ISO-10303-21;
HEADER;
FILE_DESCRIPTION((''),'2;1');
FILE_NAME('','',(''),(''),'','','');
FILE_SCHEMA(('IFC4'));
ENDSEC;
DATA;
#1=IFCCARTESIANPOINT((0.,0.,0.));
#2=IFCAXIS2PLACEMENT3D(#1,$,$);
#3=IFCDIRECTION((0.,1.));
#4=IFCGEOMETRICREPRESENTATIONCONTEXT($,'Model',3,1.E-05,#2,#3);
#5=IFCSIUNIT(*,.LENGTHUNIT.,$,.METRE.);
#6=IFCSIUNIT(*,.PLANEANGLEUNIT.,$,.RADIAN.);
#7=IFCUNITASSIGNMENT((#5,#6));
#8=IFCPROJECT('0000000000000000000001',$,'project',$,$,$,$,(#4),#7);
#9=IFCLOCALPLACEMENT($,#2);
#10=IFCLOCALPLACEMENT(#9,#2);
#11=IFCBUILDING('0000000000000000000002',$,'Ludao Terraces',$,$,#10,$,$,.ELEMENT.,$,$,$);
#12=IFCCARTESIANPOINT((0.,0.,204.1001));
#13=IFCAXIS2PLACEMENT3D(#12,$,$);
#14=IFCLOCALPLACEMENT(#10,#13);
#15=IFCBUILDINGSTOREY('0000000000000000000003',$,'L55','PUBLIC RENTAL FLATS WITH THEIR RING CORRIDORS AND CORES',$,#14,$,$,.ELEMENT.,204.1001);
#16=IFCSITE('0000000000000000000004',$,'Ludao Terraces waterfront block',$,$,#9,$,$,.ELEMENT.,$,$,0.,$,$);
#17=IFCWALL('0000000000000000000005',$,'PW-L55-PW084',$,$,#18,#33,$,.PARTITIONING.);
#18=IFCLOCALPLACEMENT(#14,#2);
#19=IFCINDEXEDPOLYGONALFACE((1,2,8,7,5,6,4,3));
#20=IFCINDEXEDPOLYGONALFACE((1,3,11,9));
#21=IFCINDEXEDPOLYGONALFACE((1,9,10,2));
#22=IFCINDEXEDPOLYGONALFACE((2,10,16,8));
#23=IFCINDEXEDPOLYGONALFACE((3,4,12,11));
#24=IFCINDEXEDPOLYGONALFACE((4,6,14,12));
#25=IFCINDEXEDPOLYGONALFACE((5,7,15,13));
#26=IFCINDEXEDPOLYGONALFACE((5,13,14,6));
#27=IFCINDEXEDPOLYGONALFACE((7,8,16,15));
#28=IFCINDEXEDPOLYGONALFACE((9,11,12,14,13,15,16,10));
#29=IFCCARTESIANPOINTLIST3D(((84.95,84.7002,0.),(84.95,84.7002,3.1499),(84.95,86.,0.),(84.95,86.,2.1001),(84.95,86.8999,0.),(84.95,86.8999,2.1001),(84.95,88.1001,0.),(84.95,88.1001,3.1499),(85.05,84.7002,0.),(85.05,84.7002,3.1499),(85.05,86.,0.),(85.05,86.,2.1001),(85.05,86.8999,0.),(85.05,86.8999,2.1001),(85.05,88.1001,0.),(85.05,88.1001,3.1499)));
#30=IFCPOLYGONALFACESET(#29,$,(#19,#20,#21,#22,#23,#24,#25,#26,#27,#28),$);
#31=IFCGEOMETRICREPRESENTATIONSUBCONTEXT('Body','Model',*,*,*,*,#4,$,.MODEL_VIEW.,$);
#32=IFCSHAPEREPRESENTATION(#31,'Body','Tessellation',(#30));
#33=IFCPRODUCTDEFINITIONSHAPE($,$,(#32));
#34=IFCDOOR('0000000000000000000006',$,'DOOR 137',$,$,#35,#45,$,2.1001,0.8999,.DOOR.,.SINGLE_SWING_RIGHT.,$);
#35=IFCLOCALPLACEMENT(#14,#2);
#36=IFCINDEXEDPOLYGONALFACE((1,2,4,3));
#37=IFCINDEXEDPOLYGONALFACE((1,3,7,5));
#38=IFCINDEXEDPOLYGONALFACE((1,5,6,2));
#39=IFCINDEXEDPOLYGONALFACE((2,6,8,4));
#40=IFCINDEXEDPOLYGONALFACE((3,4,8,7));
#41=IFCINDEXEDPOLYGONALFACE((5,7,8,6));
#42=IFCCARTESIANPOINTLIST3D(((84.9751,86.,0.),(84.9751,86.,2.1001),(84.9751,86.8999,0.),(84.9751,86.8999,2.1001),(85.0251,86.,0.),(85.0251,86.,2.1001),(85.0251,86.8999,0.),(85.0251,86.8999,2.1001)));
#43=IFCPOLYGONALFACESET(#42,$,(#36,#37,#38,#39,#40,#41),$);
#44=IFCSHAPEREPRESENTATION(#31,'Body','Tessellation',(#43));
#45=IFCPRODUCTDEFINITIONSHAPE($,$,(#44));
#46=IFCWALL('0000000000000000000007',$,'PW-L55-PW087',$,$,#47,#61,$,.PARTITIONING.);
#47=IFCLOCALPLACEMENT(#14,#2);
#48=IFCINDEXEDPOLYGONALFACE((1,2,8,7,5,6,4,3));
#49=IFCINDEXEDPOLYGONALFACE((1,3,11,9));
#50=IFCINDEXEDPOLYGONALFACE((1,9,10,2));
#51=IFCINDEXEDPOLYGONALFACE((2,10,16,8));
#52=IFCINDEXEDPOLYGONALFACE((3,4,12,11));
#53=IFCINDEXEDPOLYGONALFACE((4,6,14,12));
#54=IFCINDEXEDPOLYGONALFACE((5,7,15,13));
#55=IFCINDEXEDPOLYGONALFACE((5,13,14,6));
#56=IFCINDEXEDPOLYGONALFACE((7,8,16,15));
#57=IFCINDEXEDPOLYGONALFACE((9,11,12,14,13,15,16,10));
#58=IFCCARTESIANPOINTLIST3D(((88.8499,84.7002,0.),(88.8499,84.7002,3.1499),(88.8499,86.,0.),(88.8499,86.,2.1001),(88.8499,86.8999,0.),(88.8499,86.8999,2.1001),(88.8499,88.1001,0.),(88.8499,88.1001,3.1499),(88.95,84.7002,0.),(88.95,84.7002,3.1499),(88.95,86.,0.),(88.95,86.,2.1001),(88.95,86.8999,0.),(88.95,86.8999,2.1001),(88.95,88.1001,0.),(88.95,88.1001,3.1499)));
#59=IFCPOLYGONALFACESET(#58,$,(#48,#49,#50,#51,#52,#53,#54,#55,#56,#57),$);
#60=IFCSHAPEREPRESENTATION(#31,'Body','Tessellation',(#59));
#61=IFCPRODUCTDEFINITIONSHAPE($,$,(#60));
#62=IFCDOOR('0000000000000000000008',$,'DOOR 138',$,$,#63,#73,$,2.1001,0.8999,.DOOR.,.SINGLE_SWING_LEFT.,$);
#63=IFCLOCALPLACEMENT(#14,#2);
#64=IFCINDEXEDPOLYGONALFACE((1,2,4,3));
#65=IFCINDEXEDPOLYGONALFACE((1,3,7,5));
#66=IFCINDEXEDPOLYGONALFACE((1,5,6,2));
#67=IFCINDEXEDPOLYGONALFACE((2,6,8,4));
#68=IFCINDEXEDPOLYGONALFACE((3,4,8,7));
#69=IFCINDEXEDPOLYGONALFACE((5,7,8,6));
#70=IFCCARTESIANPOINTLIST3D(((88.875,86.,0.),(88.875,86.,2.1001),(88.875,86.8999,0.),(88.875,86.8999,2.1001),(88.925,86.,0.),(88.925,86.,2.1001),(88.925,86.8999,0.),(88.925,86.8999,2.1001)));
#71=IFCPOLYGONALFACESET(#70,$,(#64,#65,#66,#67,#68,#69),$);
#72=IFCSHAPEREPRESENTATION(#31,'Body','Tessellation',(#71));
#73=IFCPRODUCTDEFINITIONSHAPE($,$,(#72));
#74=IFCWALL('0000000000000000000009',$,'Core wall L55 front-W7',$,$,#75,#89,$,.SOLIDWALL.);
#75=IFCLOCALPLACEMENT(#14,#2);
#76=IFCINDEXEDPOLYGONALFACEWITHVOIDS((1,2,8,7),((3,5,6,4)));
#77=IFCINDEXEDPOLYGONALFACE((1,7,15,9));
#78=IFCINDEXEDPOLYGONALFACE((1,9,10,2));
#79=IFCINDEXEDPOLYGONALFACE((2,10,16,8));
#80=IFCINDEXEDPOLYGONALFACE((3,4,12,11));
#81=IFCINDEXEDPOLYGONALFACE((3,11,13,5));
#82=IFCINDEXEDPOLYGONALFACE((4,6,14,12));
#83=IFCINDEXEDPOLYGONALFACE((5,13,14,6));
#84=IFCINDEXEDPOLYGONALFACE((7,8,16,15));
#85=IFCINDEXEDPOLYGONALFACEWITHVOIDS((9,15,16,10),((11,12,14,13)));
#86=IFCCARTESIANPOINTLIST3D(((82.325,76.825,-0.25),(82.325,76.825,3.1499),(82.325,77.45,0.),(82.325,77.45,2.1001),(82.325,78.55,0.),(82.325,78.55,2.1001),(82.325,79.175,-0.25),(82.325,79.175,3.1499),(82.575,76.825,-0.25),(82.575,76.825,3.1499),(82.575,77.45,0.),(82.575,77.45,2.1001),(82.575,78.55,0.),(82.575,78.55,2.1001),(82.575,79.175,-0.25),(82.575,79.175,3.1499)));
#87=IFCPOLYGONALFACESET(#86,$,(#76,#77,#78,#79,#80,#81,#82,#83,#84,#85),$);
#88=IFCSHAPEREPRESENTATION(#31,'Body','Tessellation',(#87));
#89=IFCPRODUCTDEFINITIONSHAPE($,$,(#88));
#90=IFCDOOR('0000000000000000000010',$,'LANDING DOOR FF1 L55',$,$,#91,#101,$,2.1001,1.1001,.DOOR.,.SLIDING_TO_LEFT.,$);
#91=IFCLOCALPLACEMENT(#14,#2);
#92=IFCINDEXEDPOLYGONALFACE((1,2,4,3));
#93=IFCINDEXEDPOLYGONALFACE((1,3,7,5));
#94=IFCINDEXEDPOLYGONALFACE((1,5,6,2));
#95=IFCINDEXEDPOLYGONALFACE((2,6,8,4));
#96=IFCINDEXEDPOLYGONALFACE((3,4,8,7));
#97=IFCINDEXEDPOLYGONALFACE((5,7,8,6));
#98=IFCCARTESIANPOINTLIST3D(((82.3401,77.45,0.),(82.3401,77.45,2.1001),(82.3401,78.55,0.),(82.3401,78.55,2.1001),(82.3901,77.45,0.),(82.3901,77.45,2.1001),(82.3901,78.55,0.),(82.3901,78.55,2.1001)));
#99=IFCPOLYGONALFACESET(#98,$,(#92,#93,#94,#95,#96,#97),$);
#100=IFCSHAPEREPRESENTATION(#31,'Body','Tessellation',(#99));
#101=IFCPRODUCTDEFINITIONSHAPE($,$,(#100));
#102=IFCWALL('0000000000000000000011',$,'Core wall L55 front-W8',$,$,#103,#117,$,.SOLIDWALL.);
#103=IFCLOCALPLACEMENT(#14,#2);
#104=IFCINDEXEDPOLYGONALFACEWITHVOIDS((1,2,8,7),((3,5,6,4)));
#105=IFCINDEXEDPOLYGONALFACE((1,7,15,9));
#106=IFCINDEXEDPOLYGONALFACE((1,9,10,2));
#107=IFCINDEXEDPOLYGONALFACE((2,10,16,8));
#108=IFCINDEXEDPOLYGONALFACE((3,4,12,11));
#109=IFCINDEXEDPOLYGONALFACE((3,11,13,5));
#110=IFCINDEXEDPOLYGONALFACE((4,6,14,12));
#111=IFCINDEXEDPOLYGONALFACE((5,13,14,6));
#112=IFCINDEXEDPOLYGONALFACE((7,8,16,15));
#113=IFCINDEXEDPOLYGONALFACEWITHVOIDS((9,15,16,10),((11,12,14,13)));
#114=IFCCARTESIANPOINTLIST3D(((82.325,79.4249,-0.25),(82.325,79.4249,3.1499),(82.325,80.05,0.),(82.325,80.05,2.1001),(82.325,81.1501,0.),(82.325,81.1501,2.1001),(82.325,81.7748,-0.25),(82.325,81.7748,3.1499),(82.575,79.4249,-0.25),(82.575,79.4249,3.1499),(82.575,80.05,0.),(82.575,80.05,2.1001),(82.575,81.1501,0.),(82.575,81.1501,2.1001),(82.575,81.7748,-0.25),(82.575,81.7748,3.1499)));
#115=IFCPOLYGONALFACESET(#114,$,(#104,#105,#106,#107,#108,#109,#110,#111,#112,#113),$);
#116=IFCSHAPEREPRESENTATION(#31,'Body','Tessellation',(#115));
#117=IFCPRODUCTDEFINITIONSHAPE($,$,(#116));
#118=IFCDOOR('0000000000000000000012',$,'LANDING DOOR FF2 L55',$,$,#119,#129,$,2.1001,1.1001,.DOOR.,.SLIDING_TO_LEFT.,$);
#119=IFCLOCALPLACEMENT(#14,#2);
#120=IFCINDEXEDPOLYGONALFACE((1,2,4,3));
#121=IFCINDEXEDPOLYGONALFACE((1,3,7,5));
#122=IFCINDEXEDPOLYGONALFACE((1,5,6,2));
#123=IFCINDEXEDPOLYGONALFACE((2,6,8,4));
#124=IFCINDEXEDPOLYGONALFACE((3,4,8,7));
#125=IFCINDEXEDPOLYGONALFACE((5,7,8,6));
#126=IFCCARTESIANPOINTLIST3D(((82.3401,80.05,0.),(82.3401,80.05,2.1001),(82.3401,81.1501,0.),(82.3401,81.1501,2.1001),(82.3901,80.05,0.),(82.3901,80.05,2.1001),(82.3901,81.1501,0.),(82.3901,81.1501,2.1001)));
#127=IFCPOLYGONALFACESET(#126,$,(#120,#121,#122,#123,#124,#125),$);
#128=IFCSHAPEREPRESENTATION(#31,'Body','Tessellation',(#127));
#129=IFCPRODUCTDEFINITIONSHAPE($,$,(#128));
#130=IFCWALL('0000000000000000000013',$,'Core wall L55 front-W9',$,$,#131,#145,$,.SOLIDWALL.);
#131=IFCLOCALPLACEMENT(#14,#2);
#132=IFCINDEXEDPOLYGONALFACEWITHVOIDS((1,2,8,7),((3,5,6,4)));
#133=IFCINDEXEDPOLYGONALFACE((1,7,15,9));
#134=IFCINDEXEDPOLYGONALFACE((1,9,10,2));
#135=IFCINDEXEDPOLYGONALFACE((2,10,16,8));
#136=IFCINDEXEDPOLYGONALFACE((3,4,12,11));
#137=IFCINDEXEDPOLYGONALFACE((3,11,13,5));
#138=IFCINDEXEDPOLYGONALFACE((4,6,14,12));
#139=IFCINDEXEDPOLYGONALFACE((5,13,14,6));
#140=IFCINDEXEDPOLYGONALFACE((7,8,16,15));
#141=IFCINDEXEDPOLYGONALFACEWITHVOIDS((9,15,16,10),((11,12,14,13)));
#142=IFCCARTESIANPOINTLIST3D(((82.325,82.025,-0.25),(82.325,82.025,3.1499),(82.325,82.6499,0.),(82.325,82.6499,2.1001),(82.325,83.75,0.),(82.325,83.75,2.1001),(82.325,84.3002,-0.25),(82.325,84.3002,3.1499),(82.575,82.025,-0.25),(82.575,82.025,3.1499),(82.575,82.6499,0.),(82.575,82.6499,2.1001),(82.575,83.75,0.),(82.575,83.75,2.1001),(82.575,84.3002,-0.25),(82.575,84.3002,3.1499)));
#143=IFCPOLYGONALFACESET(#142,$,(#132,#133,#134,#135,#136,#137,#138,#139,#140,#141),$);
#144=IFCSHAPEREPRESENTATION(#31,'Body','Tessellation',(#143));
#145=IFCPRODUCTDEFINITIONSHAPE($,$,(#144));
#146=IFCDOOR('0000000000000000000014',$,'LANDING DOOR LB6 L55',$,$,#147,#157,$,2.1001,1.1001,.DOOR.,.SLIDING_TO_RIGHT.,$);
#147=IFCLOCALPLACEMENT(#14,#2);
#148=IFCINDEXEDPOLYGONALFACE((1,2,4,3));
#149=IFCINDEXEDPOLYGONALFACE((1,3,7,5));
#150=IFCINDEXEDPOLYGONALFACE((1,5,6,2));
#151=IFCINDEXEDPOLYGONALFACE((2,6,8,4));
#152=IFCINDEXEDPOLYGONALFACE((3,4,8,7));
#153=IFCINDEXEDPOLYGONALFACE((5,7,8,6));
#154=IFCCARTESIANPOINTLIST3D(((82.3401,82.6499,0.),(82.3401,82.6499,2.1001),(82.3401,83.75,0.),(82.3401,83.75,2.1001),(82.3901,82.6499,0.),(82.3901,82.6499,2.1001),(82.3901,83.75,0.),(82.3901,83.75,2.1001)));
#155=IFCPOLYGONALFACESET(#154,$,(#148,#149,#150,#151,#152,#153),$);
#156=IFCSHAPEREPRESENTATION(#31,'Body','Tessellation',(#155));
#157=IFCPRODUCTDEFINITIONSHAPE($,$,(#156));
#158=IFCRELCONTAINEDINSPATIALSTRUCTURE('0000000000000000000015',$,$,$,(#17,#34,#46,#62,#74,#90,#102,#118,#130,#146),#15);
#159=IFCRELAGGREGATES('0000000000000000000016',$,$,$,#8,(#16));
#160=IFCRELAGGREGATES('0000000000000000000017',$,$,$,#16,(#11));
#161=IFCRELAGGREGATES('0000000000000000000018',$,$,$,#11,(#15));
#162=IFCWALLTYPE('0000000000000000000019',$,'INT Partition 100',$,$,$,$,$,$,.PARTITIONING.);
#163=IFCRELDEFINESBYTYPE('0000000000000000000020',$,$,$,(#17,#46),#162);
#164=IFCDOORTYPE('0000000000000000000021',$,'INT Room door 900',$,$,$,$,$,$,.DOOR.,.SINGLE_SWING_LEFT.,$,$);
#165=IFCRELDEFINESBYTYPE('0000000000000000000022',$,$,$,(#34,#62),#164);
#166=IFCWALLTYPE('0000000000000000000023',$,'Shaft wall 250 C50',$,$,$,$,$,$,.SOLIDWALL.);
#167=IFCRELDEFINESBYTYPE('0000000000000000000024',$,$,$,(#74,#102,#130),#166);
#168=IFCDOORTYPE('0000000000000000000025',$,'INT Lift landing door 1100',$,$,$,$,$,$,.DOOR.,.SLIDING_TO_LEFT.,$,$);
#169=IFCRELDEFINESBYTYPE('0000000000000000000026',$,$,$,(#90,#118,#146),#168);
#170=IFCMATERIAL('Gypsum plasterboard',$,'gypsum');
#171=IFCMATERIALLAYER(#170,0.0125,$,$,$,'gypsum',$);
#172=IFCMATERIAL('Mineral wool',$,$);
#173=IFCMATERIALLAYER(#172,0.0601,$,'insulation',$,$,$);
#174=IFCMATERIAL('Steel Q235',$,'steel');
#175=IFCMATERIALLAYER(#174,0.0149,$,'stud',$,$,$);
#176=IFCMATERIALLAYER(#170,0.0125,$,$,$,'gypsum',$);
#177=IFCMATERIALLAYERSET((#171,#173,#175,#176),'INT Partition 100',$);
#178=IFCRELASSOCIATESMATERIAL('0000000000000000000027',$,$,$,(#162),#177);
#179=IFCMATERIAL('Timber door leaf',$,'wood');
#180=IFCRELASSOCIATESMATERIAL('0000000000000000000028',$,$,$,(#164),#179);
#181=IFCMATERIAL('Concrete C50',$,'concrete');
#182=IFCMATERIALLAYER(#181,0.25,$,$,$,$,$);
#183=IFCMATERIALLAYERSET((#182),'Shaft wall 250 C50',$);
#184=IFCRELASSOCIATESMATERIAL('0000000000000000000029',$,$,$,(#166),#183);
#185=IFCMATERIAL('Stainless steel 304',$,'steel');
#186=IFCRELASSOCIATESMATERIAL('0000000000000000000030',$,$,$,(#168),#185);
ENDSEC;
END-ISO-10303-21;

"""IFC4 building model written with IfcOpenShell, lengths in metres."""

from ifc_helpers import new_model, si_unit, direction, frame, frame_2d, origin, place, context, subcontext, project, spatial, rectangle, extrude, material, layer, layer_set, type_object, element, fill, save


model = new_model("IFC4")

# Units and contexts
model_context = context("Model", 3, precision=1e-05, world=origin(), true_north=direction((0.0, 1.0)))
body_context = subcontext(model_context, "Body", "Model", "MODEL_VIEW")
ifc_project = project(units=[si_unit("LENGTHUNIT", "METRE"), si_unit("PLANEANGLEUNIT", "RADIAN")], contexts=[model_context])

# Site, building, storey
site_placement = place(None, origin())
site = spatial("IfcSite", under=ifc_project, at=site_placement, Name="Ludao Terraces waterfront block", CompositionType="ELEMENT", RefElevation=0.0)
building_placement = place(site_placement, origin())
building = spatial("IfcBuilding", under=site, at=building_placement, Name="Ludao Terraces", CompositionType="ELEMENT")
storey_placement = place(building_placement, frame((0.0, 0.0, 204.1001)))
storey = spatial("IfcBuildingStorey", under=building, at=storey_placement, Name="L55", Description="PUBLIC RENTAL FLATS WITH THEIR RING CORRIDORS AND CORES", CompositionType="ELEMENT", Elevation=204.1001)

# Walls, openings, doors
ifc_material_1 = material(Name="Gypsum plasterboard", Category="gypsum")
ifc_layer_1 = layer(ifc_material_1, 0.0125, Category="gypsum")
ifc_material_2 = material(Name="Mineral wool")
ifc_layer_2 = layer(ifc_material_2, 0.0601, Name="insulation")
ifc_material_3 = material(Name="Steel Q235", Category="steel")
ifc_layer_3 = layer(ifc_material_3, 0.0149, Name="stud")
ifc_layer_4 = layer(ifc_material_1, 0.0125, Category="gypsum")
ifc_layer_set_1 = layer_set([ifc_layer_1, ifc_layer_2, ifc_layer_3, ifc_layer_4], Name="INT Partition 100")
wall_type_1 = type_object("IfcWallType", Name="INT Partition 100", PredefinedType="PARTITIONING", material=ifc_layer_set_1)
wall_1_placement = place(storey_placement, frame((85.0, 84.7002, 0.0), z_axis=(0.0, 0.0, 1.0), x_axis=(0.0, 1.0, 0.0)))
wall_1 = element("IfcWall", 1, at=wall_1_placement, inside=storey, type_object=wall_type_1, Name="PW-L55-PW084", PredefinedType="PARTITIONING", context=body_context, shape_type="SweptSolid", body=[
    extrude(rectangle(XDim=3.3999, YDim=0.1001, at=frame_2d((1.7, 0.0))), origin(), (0.0, 0.0, 1.0), 3.1499),
])
opening_1_placement = place(wall_1_placement, frame((1.2998, 0.0, 0.0)))
opening_1 = element("IfcOpeningElement", 2, at=opening_1_placement, cuts=wall_1, PredefinedType="OPENING", context=body_context, shape_type="SweptSolid", body=[
    extrude(rectangle(XDim=0.8999, YDim=2.1001, at=frame_2d((0.45, 1.05))), frame((0.0, 0.0601, 0.0), z_axis=(0.0, -1.0, 0.0), x_axis=(1.0, 0.0, 0.0)), (0.0, 0.0, 1.0), 0.1201),
])
ifc_material_4 = material(Name="Timber door leaf", Category="wood")
door_type_1 = type_object("IfcDoorType", Name="INT Room door 900", OperationType="SINGLE_SWING_LEFT", PredefinedType="DOOR", material=ifc_material_4)
door_1_placement = place(opening_1_placement, origin())
door_1 = element("IfcDoor", 3, at=door_1_placement, inside=storey, type_object=door_type_1, Name="DOOR 137", OperationType="SINGLE_SWING_RIGHT", OverallHeight=2.1001, OverallWidth=0.8999, PredefinedType="DOOR", context=body_context, shape_type="SweptSolid", body=[
    extrude(rectangle(XDim=0.8999, YDim=2.1001, at=frame_2d((0.45, 1.05))), frame((0.0, 0.0249, 0.0), z_axis=(0.0, -1.0, 0.0), x_axis=(1.0, 0.0, 0.0)), (0.0, 0.0, 1.0), 0.05),
])
fill(opening_1, door_1)
wall_2_placement = place(storey_placement, frame((88.8999, 84.7002, 0.0), z_axis=(0.0, 0.0, 1.0), x_axis=(0.0, 1.0, 0.0)))
wall_2 = element("IfcWall", 4, at=wall_2_placement, inside=storey, type_object=wall_type_1, Name="PW-L55-PW087", PredefinedType="PARTITIONING", context=body_context, shape_type="SweptSolid", body=[
    extrude(rectangle(XDim=3.3999, YDim=0.1001, at=frame_2d((1.7, 0.0))), origin(), (0.0, 0.0, 1.0), 3.1499),
])
opening_2_placement = place(wall_2_placement, frame((1.2998, 0.0, 0.0)))
opening_2 = element("IfcOpeningElement", 5, at=opening_2_placement, cuts=wall_2, PredefinedType="OPENING", context=body_context, shape_type="SweptSolid", body=[
    extrude(rectangle(XDim=0.8999, YDim=2.1001, at=frame_2d((0.45, 1.05))), frame((0.0, 0.0601, 0.0), z_axis=(0.0, -1.0, 0.0), x_axis=(1.0, 0.0, 0.0)), (0.0, 0.0, 1.0), 0.1201),
])
door_2_placement = place(opening_2_placement, origin())
door_2 = element("IfcDoor", 6, at=door_2_placement, inside=storey, type_object=door_type_1, Name="DOOR 138", OperationType="SINGLE_SWING_LEFT", OverallHeight=2.1001, OverallWidth=0.8999, PredefinedType="DOOR", context=body_context, shape_type="SweptSolid", body=[
    extrude(rectangle(XDim=0.8999, YDim=2.1001, at=frame_2d((0.45, 1.05))), frame((0.0, 0.0249, 0.0), z_axis=(0.0, -1.0, 0.0), x_axis=(1.0, 0.0, 0.0)), (0.0, 0.0, 1.0), 0.05),
])
fill(opening_2, door_2)
ifc_material_5 = material(Name="Concrete C50", Category="concrete")
ifc_layer_5 = layer(ifc_material_5, 0.25)
ifc_layer_set_2 = layer_set([ifc_layer_5], Name="Shaft wall 250 C50")
wall_type_2 = type_object("IfcWallType", Name="Shaft wall 250 C50", PredefinedType="SOLIDWALL", material=ifc_layer_set_2)
wall_3_placement = place(storey_placement, frame((82.45, 76.825, -0.25), z_axis=(0.0, 0.0, 1.0), x_axis=(0.0, 1.0, 0.0)))
wall_3 = element("IfcWall", 7, at=wall_3_placement, inside=storey, type_object=wall_type_2, Name="Core wall L55 front-W7", PredefinedType="SOLIDWALL", context=body_context, shape_type="SweptSolid", body=[
    extrude(rectangle(XDim=2.3501, YDim=0.25, at=frame_2d((1.175, 0.0))), origin(), (0.0, 0.0, 1.0), 3.3999),
])
opening_3_placement = place(wall_3_placement, frame((0.625, 0.0, 0.25)))
opening_3 = element("IfcOpeningElement", 8, at=opening_3_placement, cuts=wall_3, PredefinedType="OPENING", context=body_context, shape_type="SweptSolid", body=[
    extrude(rectangle(XDim=1.1001, YDim=2.1001, at=frame_2d((0.55, 1.05))), frame((0.0, 0.135, 0.0), z_axis=(0.0, -1.0, 0.0), x_axis=(1.0, 0.0, 0.0)), (0.0, 0.0, 1.0), 0.27),
])
ifc_material_6 = material(Name="Stainless steel 304", Category="steel")
door_type_2 = type_object("IfcDoorType", Name="INT Lift landing door 1100", OperationType="SLIDING_TO_LEFT", PredefinedType="DOOR", material=ifc_material_6)
door_3_placement = place(opening_3_placement, origin())
door_3 = element("IfcDoor", 9, at=door_3_placement, inside=storey, type_object=door_type_2, Name="LANDING DOOR FF1 L55", OperationType="SLIDING_TO_LEFT", OverallHeight=2.1001, OverallWidth=1.1001, PredefinedType="DOOR", context=body_context, shape_type="SweptSolid", body=[
    extrude(rectangle(XDim=1.1001, YDim=2.1001, at=frame_2d((0.55, 1.05))), frame((0.0, 0.1099, 0.0), z_axis=(0.0, -1.0, 0.0), x_axis=(1.0, 0.0, 0.0)), (0.0, 0.0, 1.0), 0.05),
])
fill(opening_3, door_3)
wall_4_placement = place(storey_placement, frame((82.45, 79.425, -0.25), z_axis=(0.0, 0.0, 1.0), x_axis=(0.0, 1.0, 0.0)))
wall_4 = element("IfcWall", 10, at=wall_4_placement, inside=storey, type_object=wall_type_2, Name="Core wall L55 front-W8", PredefinedType="SOLIDWALL", context=body_context, shape_type="SweptSolid", body=[
    extrude(rectangle(XDim=2.3499, YDim=0.25, at=frame_2d((1.1748, 0.0))), origin(), (0.0, 0.0, 1.0), 3.3999),
])
opening_4_placement = place(wall_4_placement, frame((0.625, 0.0, 0.25)))
opening_4 = element("IfcOpeningElement", 11, at=opening_4_placement, cuts=wall_4, PredefinedType="OPENING", context=body_context, shape_type="SweptSolid", body=[
    extrude(rectangle(XDim=1.1001, YDim=2.1001, at=frame_2d((0.55, 1.05))), frame((0.0, 0.135, 0.0), z_axis=(0.0, -1.0, 0.0), x_axis=(1.0, 0.0, 0.0)), (0.0, 0.0, 1.0), 0.27),
])
door_4_placement = place(opening_4_placement, origin())
door_4 = element("IfcDoor", 12, at=door_4_placement, inside=storey, type_object=door_type_2, Name="LANDING DOOR FF2 L55", OperationType="SLIDING_TO_LEFT", OverallHeight=2.1001, OverallWidth=1.1001, PredefinedType="DOOR", context=body_context, shape_type="SweptSolid", body=[
    extrude(rectangle(XDim=1.1001, YDim=2.1001, at=frame_2d((0.55, 1.05))), frame((0.0, 0.1099, 0.0), z_axis=(0.0, -1.0, 0.0), x_axis=(1.0, 0.0, 0.0)), (0.0, 0.0, 1.0), 0.05),
])
fill(opening_4, door_4)
wall_5_placement = place(storey_placement, frame((82.45, 82.0249, -0.25), z_axis=(0.0, 0.0, 1.0), x_axis=(0.0, 1.0, 0.0)))
wall_5 = element("IfcWall", 13, at=wall_5_placement, inside=storey, type_object=wall_type_2, Name="Core wall L55 front-W9", PredefinedType="SOLIDWALL", context=body_context, shape_type="SweptSolid", body=[
    extrude(rectangle(XDim=2.2751, YDim=0.25, at=frame_2d((1.1377, 0.0))), origin(), (0.0, 0.0, 1.0), 3.3999),
])
opening_5_placement = place(wall_5_placement, frame((0.625, 0.0, 0.25)))
opening_5 = element("IfcOpeningElement", 14, at=opening_5_placement, cuts=wall_5, PredefinedType="OPENING", context=body_context, shape_type="SweptSolid", body=[
    extrude(rectangle(XDim=1.1001, YDim=2.1001, at=frame_2d((0.55, 1.05))), frame((0.0, 0.135, 0.0), z_axis=(0.0, -1.0, 0.0), x_axis=(1.0, 0.0, 0.0)), (0.0, 0.0, 1.0), 0.27),
])
door_5_placement = place(opening_5_placement, origin())
door_5 = element("IfcDoor", 15, at=door_5_placement, inside=storey, type_object=door_type_2, Name="LANDING DOOR LB6 L55", OperationType="SLIDING_TO_RIGHT", OverallHeight=2.1001, OverallWidth=1.1001, PredefinedType="DOOR", context=body_context, shape_type="SweptSolid", body=[
    extrude(rectangle(XDim=1.1001, YDim=2.1001, at=frame_2d((0.55, 1.05))), frame((0.0, 0.1099, 0.0), z_axis=(0.0, -1.0, 0.0), x_axis=(1.0, 0.0, 0.0)), (0.0, 0.0, 1.0), 0.05),
])
fill(opening_5, door_5)

save(model, "model.ifc")
